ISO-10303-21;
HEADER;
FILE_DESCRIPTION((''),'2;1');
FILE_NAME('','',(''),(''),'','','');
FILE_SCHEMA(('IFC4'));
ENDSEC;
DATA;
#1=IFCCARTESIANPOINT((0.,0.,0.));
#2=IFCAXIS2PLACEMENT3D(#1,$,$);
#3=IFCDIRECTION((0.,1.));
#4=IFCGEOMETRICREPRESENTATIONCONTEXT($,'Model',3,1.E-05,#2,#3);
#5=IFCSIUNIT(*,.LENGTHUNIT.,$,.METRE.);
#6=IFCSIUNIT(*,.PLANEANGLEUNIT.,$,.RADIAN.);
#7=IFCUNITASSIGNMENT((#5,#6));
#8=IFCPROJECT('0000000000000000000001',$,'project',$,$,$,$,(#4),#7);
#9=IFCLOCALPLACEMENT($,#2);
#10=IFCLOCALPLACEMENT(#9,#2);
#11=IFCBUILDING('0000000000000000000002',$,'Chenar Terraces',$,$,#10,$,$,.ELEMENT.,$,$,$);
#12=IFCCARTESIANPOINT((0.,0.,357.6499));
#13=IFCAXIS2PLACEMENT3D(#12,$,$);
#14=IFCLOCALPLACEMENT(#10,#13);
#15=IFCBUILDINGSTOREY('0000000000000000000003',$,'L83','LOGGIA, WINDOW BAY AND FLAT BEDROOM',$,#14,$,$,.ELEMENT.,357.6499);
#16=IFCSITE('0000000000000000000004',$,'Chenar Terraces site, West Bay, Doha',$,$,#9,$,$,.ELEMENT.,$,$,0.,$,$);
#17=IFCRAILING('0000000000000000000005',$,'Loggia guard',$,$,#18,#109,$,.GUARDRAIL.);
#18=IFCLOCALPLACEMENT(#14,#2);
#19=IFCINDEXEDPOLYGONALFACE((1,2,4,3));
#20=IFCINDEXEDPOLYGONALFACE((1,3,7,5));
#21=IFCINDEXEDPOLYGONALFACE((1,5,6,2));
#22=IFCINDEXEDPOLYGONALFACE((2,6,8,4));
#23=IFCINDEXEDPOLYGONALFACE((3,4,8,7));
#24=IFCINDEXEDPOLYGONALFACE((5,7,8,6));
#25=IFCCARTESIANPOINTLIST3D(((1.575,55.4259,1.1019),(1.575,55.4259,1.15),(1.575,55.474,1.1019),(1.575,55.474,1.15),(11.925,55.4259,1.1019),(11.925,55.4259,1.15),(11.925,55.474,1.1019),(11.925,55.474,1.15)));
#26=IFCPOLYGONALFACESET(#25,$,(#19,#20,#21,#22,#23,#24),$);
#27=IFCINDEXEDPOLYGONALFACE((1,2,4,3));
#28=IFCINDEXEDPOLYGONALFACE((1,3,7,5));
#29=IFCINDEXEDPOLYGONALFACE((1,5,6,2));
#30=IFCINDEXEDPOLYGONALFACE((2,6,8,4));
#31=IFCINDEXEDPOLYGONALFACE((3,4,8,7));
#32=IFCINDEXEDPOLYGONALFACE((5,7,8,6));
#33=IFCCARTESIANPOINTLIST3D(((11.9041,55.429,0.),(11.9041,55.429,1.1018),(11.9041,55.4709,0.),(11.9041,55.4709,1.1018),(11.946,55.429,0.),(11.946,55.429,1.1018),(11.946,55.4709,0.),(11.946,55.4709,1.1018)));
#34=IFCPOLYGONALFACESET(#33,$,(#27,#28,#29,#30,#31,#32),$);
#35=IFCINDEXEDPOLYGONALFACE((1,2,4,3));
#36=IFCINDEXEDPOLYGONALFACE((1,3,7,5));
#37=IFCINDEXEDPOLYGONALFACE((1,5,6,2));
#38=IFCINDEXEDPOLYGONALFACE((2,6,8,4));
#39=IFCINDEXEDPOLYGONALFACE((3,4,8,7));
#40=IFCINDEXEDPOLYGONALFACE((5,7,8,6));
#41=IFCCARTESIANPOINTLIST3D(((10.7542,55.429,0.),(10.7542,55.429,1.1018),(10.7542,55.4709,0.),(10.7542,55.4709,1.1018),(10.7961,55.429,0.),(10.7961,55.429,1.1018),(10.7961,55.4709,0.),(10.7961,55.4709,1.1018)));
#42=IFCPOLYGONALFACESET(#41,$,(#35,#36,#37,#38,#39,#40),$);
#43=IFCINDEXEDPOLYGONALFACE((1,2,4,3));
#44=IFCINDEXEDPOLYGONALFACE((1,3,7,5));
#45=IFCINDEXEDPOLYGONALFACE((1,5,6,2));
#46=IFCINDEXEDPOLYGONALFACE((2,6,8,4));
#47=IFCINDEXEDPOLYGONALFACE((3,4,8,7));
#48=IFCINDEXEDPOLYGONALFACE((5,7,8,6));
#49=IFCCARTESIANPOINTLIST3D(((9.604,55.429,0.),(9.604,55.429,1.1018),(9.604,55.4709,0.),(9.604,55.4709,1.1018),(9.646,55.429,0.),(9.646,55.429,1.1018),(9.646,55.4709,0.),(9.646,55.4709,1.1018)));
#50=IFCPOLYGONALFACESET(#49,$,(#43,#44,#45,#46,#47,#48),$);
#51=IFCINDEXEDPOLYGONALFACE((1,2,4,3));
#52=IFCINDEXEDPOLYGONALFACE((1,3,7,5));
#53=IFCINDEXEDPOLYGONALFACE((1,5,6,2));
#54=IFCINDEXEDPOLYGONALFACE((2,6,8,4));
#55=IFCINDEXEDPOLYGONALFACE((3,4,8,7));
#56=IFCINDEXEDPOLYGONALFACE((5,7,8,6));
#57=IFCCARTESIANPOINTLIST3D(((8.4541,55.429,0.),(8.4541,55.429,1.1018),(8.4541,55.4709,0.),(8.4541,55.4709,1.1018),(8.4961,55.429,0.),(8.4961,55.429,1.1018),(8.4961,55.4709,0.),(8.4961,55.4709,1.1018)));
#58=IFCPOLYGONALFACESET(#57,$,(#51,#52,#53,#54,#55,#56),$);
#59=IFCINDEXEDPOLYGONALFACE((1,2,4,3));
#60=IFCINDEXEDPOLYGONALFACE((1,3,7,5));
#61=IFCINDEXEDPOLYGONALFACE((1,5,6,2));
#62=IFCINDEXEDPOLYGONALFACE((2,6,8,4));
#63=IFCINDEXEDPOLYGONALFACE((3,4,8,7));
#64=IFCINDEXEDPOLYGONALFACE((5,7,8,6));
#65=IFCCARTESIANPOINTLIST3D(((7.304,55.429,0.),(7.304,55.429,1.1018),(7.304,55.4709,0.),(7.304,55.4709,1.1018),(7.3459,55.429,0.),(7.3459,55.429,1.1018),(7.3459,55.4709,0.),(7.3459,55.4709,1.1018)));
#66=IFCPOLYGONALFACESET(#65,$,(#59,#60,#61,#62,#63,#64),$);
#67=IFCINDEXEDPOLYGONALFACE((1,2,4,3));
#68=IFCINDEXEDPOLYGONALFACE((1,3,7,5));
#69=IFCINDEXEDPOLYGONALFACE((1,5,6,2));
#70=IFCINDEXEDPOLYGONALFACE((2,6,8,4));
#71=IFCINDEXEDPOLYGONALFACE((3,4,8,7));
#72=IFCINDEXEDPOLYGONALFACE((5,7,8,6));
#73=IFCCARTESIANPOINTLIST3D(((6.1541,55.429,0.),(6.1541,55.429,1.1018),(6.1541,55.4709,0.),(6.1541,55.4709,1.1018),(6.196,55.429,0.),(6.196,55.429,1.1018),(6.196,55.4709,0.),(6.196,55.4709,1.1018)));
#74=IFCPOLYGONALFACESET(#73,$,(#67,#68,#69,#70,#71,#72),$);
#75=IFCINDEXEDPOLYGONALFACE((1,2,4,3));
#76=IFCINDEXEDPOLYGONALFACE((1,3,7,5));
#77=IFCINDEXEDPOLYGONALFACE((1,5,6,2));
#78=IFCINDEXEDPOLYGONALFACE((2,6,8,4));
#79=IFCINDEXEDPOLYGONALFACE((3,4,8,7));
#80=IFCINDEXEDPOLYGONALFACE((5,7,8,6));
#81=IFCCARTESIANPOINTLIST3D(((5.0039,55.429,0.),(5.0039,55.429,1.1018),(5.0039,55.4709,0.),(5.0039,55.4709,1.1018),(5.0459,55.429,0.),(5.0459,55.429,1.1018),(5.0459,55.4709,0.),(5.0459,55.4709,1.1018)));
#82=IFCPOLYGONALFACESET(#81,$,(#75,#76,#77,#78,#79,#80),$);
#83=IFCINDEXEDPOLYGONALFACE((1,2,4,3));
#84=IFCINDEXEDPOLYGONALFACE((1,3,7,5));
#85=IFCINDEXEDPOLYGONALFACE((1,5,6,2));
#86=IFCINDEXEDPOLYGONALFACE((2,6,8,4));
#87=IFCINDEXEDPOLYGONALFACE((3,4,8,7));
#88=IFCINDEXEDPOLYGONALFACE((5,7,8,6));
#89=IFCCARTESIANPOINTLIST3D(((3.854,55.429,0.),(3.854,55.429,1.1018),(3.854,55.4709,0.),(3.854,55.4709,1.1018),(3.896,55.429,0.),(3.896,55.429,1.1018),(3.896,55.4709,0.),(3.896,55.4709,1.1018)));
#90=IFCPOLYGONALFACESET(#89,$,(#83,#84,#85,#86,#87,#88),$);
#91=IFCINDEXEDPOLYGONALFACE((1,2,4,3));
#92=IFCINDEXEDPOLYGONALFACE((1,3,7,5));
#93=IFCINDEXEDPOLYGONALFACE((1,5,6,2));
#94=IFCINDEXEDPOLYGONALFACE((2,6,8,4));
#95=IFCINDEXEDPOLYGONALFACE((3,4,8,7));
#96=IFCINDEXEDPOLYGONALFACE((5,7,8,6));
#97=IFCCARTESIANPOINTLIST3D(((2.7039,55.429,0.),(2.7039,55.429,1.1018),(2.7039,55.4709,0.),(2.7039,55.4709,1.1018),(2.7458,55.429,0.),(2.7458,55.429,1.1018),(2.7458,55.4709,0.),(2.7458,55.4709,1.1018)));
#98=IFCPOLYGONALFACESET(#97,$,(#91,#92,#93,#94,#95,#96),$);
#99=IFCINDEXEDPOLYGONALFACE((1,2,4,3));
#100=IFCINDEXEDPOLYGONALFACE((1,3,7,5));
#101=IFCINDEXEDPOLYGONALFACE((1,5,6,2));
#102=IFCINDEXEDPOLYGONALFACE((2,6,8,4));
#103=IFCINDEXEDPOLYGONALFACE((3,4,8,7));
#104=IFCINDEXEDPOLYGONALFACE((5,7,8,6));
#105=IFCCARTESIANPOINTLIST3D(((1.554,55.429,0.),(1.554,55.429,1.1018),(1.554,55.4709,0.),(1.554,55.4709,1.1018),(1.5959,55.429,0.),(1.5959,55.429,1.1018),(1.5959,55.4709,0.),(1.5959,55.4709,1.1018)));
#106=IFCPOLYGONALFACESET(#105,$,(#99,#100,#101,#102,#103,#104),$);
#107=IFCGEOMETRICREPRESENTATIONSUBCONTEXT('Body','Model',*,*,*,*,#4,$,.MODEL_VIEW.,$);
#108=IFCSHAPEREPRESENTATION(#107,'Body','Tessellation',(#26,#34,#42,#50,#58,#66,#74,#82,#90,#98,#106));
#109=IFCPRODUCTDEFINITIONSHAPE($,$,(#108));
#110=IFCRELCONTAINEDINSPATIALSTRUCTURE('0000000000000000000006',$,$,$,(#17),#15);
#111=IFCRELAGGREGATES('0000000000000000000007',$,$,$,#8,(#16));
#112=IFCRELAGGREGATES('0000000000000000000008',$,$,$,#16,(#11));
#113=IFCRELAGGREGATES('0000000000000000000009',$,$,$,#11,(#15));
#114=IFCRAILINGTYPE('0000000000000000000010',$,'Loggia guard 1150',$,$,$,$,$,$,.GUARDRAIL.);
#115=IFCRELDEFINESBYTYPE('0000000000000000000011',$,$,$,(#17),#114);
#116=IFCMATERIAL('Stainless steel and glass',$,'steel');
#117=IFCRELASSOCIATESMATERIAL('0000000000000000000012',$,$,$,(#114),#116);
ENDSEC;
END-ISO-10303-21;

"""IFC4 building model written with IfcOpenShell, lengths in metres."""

from ifc_helpers import new_model, si_unit, direction, frame, origin, origin_2d, place, context, subcontext, project, spatial, rectangle, extrude, material, type_object, element, save


model = new_model("IFC4")

# Units and contexts
model_context = context("Model", 3, precision=1e-05, world=origin(), true_north=direction((0.0, 1.0)))
body_context = subcontext(model_context, "Body", "Model", "MODEL_VIEW")
ifc_project = project(units=[si_unit("LENGTHUNIT", "METRE"), si_unit("PLANEANGLEUNIT", "RADIAN")], contexts=[model_context])

# Site, building, storey
site_placement = place(None, origin())
site = spatial("IfcSite", under=ifc_project, at=site_placement, Name="Chenar Terraces site, West Bay, Doha", CompositionType="ELEMENT", RefElevation=0.0)
building_placement = place(site_placement, origin())
building = spatial("IfcBuilding", under=site, at=building_placement, Name="Chenar Terraces", CompositionType="ELEMENT")
storey_placement = place(building_placement, frame((0.0, 0.0, 357.6499)))
storey = spatial("IfcBuildingStorey", under=building, at=storey_placement, Name="L83", Description="LOGGIA, WINDOW BAY AND FLAT BEDROOM", CompositionType="ELEMENT", Elevation=357.6499)

# Railing
ifc_material_1 = material(Name="Stainless steel and glass", Category="steel")
railing_type_1 = type_object("IfcRailingType", Name="Loggia guard 1150", PredefinedType="GUARDRAIL", material=ifc_material_1)
railing_1_placement = place(storey_placement, frame((11.925, 55.45, 0.0)))
element("IfcRailing", 1, at=railing_1_placement, inside=storey, type_object=railing_type_1, Name="Loggia guard", PredefinedType="GUARDRAIL", context=body_context, shape_type="SweptSolid", body=[
    extrude(rectangle(XDim=0.0481, YDim=0.0481, at=origin_2d()), frame((0.0, 0.0, 1.126), z_axis=(-1.0, 0.0, 0.0), x_axis=(0.0, -1.0, 0.0)), (0.0, 0.0, 1.0), 10.3501),
    extrude(rectangle(XDim=0.042, YDim=0.042, at=origin_2d()), origin(), (0.0, 0.0, 1.0), 1.1018),
    extrude(rectangle(XDim=0.042, YDim=0.042, at=origin_2d()), frame((-1.1499, 0.0, 0.0)), (0.0, 0.0, 1.0), 1.1018),
    extrude(rectangle(XDim=0.042, YDim=0.042, at=origin_2d()), frame((-2.3, 0.0, 0.0)), (0.0, 0.0, 1.0), 1.1018),
    extrude(rectangle(XDim=0.042, YDim=0.042, at=origin_2d()), frame((-3.45, 0.0, 0.0)), (0.0, 0.0, 1.0), 1.1018),
    extrude(rectangle(XDim=0.042, YDim=0.042, at=origin_2d()), frame((-4.6001, 0.0, 0.0)), (0.0, 0.0, 1.0), 1.1018),
    extrude(rectangle(XDim=0.042, YDim=0.042, at=origin_2d()), frame((-5.75, 0.0, 0.0)), (0.0, 0.0, 1.0), 1.1018),
    extrude(rectangle(XDim=0.042, YDim=0.042, at=origin_2d()), frame((-6.9001, 0.0, 0.0)), (0.0, 0.0, 1.0), 1.1018),
    extrude(rectangle(XDim=0.042, YDim=0.042, at=origin_2d()), frame((-8.05, 0.0, 0.0)), (0.0, 0.0, 1.0), 1.1018),
    extrude(rectangle(XDim=0.042, YDim=0.042, at=origin_2d()), frame((-9.2002, 0.0, 0.0)), (0.0, 0.0, 1.0), 1.1018),
    extrude(rectangle(XDim=0.042, YDim=0.042, at=origin_2d()), frame((-10.3501, 0.0, 0.0)), (0.0, 0.0, 1.0), 1.1018),
])

save(model, "model.ifc")
